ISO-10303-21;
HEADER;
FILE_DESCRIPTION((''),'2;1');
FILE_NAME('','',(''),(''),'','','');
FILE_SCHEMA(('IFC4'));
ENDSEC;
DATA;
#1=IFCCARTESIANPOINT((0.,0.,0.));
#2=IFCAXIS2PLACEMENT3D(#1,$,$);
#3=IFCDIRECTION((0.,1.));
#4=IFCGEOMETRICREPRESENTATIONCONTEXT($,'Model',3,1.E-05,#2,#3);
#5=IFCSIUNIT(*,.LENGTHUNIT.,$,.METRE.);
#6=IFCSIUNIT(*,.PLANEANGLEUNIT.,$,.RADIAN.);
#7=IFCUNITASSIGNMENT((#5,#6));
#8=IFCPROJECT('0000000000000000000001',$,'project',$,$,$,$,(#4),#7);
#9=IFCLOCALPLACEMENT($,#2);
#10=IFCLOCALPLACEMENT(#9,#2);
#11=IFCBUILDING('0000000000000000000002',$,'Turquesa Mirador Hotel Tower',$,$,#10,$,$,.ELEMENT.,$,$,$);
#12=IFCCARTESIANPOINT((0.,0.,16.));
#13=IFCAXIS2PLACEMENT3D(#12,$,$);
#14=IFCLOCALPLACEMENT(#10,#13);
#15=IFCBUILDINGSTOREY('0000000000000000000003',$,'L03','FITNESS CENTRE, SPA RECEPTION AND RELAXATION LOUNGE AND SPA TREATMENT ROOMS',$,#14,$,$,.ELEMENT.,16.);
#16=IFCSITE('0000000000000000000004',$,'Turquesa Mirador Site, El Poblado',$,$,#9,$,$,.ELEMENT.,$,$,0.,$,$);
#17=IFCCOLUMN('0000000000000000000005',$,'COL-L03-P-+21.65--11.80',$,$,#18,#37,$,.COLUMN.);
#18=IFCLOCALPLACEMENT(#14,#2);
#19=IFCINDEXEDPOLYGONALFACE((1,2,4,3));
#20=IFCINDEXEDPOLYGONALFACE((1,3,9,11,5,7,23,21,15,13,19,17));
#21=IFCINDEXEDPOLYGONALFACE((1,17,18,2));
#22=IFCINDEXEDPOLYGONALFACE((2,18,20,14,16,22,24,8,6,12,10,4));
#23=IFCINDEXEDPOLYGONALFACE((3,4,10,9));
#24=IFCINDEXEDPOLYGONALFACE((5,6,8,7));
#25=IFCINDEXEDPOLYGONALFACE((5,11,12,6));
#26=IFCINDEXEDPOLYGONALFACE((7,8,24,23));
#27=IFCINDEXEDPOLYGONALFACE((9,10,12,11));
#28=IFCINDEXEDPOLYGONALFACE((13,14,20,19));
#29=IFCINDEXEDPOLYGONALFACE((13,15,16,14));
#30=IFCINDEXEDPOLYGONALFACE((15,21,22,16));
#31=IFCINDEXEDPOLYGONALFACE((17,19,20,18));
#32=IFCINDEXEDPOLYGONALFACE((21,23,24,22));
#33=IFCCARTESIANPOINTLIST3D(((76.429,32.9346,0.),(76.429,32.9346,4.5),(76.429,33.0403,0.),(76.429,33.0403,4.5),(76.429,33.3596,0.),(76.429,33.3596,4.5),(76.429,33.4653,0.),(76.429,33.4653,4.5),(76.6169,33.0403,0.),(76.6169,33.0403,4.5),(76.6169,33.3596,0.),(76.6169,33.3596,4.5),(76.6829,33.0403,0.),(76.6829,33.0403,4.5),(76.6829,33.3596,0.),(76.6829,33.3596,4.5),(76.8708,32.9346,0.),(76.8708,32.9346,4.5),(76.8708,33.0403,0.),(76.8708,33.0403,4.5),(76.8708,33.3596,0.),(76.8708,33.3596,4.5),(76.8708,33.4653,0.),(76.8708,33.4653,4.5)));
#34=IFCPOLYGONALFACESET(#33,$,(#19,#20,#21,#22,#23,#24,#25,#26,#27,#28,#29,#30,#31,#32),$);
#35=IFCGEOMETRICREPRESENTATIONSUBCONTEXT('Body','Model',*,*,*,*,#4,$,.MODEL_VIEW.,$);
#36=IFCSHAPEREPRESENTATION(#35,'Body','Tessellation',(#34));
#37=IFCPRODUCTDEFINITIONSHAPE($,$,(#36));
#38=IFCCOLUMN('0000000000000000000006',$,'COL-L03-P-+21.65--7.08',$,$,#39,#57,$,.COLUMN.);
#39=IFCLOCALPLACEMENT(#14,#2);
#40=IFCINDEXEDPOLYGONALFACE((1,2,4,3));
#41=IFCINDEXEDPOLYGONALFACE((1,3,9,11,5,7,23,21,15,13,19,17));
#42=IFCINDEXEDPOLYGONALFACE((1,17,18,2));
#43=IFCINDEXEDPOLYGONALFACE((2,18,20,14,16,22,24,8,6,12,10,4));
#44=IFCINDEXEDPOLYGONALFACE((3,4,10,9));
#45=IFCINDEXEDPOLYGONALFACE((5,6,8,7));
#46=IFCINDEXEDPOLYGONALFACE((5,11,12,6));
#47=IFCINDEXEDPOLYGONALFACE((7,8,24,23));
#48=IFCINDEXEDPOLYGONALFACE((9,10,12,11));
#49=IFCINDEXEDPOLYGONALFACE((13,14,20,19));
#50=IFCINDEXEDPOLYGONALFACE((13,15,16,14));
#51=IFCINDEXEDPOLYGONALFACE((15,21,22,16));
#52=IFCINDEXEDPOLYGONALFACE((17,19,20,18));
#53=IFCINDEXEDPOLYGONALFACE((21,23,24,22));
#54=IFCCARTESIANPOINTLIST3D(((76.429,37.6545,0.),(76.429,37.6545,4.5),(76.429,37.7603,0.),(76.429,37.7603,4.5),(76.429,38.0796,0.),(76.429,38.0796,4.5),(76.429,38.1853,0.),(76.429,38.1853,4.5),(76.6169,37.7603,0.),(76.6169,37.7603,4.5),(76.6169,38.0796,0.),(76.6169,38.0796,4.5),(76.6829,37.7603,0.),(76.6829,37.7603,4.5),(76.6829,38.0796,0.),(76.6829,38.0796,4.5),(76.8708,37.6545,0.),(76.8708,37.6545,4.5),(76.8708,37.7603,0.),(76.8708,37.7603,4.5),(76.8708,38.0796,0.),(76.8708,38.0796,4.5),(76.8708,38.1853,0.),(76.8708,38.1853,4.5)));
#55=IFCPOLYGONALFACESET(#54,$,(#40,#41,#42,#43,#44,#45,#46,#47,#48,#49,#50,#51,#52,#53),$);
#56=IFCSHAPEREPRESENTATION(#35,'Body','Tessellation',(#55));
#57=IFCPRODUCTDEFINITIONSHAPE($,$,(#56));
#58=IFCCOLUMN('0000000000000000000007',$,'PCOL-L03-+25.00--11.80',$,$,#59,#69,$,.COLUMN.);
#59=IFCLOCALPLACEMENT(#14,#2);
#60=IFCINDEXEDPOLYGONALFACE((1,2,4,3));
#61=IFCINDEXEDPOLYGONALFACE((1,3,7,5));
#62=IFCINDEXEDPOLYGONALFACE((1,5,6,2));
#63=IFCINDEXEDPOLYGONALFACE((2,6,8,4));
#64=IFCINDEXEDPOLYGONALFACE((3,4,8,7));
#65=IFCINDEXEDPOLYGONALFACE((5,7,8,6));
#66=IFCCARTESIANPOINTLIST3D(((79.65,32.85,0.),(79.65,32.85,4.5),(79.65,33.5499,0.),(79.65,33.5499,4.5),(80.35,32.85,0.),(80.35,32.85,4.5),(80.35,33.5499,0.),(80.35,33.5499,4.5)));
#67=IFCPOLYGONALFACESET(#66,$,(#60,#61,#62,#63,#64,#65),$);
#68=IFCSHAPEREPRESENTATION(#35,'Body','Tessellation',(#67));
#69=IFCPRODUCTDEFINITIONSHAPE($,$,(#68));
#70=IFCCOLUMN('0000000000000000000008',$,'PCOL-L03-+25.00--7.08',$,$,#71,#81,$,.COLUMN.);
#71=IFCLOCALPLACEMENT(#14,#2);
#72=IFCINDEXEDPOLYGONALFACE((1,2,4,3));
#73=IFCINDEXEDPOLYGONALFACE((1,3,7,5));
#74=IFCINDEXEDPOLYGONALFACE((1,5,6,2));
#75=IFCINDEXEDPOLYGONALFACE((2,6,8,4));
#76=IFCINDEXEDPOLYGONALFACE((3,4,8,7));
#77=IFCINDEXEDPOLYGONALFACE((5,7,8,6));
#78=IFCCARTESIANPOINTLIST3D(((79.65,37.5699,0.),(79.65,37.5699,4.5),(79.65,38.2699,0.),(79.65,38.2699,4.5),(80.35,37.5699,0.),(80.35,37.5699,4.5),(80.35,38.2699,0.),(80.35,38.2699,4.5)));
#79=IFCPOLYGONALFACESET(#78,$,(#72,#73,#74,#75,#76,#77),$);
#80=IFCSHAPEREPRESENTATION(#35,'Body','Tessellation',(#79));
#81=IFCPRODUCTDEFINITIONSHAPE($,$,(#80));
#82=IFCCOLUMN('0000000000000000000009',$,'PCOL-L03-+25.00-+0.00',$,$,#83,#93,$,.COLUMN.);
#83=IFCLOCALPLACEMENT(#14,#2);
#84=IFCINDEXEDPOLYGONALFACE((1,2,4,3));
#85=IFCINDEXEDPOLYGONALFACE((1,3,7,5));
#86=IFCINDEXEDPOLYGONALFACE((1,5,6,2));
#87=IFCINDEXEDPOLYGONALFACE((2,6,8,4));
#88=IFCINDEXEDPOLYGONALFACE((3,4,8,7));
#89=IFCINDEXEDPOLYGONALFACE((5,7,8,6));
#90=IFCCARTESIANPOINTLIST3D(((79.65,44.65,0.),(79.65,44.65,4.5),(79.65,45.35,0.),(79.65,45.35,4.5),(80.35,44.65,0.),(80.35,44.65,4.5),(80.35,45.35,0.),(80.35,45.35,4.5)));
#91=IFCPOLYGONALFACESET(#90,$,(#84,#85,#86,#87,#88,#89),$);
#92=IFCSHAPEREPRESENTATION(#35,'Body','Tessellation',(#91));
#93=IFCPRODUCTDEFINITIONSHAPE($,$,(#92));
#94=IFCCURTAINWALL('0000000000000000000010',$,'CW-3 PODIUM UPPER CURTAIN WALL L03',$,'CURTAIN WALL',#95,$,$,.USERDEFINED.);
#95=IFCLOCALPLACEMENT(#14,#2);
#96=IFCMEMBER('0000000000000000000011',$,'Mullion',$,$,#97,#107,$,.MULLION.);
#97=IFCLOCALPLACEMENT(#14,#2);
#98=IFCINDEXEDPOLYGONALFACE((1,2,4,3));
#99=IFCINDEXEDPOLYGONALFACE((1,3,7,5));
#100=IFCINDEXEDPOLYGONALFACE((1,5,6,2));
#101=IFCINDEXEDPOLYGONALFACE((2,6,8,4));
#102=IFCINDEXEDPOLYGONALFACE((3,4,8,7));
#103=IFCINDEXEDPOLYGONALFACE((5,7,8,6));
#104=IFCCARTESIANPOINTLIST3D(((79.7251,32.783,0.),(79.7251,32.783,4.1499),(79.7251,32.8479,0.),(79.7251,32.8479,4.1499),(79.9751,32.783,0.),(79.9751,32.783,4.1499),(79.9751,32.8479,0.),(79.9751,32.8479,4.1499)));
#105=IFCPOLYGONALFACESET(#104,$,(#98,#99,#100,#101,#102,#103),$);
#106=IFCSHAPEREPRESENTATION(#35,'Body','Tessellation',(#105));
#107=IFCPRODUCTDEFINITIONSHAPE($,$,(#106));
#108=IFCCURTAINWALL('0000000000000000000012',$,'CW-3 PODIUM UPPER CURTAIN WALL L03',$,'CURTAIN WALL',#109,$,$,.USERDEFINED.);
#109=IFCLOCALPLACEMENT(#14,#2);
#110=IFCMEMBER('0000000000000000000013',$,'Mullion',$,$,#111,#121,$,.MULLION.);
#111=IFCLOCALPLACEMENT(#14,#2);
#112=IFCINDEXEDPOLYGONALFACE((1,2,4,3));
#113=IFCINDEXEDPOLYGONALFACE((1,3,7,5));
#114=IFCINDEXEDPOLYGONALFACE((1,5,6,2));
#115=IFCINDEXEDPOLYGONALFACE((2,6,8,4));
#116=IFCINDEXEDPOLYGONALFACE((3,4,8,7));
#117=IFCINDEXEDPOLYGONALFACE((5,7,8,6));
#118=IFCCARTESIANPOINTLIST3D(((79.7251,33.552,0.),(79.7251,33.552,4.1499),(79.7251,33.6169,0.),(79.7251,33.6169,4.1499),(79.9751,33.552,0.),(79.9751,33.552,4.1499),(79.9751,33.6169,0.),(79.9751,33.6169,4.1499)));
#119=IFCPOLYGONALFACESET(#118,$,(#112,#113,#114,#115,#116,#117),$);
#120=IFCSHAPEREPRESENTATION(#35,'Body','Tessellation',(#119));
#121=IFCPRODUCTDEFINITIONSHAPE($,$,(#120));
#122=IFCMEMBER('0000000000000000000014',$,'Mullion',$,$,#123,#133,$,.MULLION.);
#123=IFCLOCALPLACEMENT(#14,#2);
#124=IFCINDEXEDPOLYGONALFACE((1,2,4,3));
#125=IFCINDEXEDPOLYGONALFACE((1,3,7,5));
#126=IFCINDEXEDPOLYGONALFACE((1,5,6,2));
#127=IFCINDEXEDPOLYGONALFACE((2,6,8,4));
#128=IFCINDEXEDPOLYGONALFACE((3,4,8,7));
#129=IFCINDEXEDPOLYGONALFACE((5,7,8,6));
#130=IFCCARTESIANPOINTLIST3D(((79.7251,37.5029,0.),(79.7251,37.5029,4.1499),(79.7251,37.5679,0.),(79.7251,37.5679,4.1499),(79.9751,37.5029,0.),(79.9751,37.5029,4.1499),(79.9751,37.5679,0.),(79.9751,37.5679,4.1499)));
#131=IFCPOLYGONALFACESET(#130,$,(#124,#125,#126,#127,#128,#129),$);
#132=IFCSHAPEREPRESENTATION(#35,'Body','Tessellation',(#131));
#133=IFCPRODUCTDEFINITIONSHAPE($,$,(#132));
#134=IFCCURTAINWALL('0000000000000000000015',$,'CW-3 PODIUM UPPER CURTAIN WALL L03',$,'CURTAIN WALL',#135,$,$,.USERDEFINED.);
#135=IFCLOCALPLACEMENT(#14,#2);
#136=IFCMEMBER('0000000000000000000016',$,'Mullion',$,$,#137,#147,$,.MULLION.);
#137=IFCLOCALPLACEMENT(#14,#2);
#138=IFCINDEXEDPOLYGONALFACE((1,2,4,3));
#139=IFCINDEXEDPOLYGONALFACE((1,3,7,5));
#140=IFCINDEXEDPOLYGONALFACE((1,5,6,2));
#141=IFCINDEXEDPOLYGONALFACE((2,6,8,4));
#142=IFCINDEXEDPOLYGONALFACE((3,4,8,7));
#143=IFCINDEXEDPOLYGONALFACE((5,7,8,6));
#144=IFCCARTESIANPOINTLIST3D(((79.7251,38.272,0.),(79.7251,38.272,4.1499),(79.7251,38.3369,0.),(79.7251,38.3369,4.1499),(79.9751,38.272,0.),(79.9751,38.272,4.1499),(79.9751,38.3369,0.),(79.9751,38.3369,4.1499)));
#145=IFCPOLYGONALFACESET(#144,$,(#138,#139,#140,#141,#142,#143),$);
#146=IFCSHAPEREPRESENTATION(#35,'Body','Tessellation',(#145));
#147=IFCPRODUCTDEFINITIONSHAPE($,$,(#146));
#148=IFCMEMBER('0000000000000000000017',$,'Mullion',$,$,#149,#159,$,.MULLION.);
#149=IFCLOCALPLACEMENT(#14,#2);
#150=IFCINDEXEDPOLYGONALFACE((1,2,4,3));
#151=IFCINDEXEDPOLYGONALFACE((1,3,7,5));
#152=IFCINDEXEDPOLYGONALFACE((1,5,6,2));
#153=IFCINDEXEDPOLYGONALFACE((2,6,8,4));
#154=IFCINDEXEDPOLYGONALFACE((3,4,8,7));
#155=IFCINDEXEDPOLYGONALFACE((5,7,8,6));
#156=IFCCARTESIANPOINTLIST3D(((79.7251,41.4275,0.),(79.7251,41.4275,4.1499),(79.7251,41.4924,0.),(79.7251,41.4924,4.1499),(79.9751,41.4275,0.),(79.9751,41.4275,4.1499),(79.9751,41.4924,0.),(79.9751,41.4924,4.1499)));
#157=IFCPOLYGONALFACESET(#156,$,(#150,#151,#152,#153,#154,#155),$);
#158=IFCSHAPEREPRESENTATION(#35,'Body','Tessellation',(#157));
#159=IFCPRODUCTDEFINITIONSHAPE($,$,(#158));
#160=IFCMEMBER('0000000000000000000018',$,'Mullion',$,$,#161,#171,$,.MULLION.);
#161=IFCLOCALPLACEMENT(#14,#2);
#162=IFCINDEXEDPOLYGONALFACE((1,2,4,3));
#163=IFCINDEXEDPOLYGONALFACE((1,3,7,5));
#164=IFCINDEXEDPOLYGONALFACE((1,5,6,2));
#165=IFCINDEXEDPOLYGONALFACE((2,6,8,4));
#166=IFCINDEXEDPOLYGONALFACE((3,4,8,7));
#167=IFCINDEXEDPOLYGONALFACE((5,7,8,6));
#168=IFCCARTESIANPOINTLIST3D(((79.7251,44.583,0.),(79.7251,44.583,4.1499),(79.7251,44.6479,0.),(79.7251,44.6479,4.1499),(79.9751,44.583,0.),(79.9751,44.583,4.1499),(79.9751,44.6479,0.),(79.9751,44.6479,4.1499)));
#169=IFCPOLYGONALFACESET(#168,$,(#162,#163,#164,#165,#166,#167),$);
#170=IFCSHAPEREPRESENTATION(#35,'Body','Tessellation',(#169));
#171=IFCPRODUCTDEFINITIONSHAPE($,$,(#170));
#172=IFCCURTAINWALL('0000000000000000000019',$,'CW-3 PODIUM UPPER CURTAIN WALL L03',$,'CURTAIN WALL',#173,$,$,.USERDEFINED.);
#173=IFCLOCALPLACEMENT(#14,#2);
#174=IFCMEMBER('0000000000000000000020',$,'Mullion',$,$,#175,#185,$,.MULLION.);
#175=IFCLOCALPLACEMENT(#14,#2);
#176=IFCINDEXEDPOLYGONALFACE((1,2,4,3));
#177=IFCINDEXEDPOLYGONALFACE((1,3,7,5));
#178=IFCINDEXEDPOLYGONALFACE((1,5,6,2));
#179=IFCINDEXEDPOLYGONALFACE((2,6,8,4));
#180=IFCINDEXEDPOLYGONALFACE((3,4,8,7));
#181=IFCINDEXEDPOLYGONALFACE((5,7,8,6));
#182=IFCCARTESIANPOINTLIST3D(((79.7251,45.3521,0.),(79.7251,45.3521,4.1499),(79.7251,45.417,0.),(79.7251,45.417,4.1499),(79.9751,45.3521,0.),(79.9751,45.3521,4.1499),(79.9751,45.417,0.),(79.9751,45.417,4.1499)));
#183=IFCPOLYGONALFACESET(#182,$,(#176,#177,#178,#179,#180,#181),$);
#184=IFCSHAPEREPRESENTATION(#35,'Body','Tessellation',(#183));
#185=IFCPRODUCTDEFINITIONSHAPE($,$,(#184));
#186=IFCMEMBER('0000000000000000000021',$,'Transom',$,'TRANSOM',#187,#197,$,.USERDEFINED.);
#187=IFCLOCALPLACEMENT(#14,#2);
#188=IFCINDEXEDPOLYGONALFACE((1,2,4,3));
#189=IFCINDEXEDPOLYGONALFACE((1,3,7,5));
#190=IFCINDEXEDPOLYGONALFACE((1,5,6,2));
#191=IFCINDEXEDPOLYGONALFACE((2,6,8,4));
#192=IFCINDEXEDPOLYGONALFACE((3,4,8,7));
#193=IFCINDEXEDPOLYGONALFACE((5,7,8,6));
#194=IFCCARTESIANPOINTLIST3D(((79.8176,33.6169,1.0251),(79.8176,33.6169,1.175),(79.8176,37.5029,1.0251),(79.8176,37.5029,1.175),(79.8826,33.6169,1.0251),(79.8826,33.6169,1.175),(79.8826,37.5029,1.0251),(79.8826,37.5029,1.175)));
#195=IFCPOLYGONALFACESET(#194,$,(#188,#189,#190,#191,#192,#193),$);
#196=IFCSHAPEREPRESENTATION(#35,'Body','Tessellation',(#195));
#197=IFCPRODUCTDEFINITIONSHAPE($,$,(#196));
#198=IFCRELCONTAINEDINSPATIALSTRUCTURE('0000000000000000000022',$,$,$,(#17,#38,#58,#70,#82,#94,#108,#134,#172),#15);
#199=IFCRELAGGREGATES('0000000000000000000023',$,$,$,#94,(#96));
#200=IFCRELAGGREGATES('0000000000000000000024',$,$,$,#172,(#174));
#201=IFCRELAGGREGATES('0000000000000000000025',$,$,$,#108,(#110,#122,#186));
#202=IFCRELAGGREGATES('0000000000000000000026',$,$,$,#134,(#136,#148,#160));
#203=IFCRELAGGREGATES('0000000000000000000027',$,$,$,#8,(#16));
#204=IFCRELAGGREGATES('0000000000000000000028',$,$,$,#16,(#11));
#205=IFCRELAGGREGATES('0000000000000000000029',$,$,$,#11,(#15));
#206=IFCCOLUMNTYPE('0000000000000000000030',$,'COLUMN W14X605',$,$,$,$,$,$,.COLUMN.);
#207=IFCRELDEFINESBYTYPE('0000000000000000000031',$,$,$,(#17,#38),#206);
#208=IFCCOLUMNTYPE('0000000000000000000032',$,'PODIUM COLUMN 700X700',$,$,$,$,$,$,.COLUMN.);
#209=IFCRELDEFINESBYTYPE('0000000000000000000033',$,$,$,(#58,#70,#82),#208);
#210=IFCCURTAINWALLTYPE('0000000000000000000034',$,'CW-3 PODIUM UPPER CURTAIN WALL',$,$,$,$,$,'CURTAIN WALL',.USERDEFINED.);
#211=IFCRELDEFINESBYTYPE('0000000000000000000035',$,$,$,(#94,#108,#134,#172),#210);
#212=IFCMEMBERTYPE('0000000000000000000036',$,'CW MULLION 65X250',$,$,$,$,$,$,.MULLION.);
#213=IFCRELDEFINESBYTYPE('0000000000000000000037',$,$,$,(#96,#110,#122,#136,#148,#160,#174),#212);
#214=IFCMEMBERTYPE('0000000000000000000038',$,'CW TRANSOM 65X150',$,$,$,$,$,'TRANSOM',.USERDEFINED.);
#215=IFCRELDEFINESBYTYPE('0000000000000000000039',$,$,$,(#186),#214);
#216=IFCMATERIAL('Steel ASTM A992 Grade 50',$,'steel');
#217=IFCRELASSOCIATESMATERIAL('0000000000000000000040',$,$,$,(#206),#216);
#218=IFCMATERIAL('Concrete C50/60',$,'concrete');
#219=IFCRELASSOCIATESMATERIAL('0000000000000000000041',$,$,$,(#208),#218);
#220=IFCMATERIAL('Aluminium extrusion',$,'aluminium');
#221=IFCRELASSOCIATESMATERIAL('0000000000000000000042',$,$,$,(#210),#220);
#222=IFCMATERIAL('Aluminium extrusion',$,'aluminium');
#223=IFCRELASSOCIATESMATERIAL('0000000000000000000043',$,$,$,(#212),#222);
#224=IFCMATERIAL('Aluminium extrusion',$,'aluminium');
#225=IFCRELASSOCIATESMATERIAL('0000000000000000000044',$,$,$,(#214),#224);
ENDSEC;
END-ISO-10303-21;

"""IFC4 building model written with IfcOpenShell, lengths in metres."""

from ifc_helpers import new_model, si_unit, direction, frame, origin, origin_2d, place, context, subcontext, project, spatial, rectangle, i_section, extrude, material, material_profile, profile_set, type_object, element, aggregate, save


model = new_model("IFC4")

# Units and contexts
model_context = context("Model", 3, precision=1e-05, world=origin(), true_north=direction((0.0, 1.0)))
body_context = subcontext(model_context, "Body", "Model", "MODEL_VIEW")
ifc_project = project(units=[si_unit("LENGTHUNIT", "METRE"), si_unit("PLANEANGLEUNIT", "RADIAN")], contexts=[model_context])

# Site, building, storey
site_placement = place(None, origin())
site = spatial("IfcSite", under=ifc_project, at=site_placement, Name="Turquesa Mirador Site, El Poblado", CompositionType="ELEMENT", RefElevation=0.0)
building_placement = place(site_placement, origin())
building = spatial("IfcBuilding", under=site, at=building_placement, Name="Turquesa Mirador Hotel Tower", CompositionType="ELEMENT")
storey_placement = place(building_placement, frame((0.0, 0.0, 16.0)))
storey = spatial("IfcBuildingStorey", under=building, at=storey_placement, Name="L03", Description="FITNESS CENTRE, SPA RECEPTION AND RELAXATION LOUNGE AND SPA TREATMENT ROOMS", CompositionType="ELEMENT", Elevation=16.0)

# Columns
ifc_material_1 = material(Name="Steel ASTM A992 Grade 50", Category="steel")
ifc_material_profile_1 = material_profile(ifc_material_1, i_section(OverallWidth=0.4419, OverallDepth=0.5308, WebThickness=0.0659, FlangeThickness=0.1057, at=origin_2d()), Name="W14X605")
ifc_profile_set_1 = profile_set([ifc_material_profile_1], Name="Steel ASTM A992 Grade 50")
column_type_1 = type_object("IfcColumnType", Name="COLUMN W14X605", PredefinedType="COLUMN", material=ifc_profile_set_1)
for number, where, z_axis, x_axis, name in (
    (1, (76.6499, 33.2, 0.0), (0.0, 0.0, 1.0), (1.0, 0.0, 0.0), "COL-L03-P-+21.65--11.80"),
    (2, (76.6499, 37.9199, 0.0), (0.0, 0.0, 1.0), (1.0, 0.0, 0.0), "COL-L03-P-+21.65--7.08"),
):
    element("IfcColumn", number, at=place(storey_placement, frame(where, z_axis=z_axis, x_axis=x_axis)), inside=storey, type_object=column_type_1, Name=name, PredefinedType="COLUMN", context=body_context, shape_type="SweptSolid", body=[
        extrude(i_section(OverallWidth=0.4419, OverallDepth=0.5308, WebThickness=0.0659, FlangeThickness=0.1057, at=origin_2d()), origin(), (0.0, 0.0, 1.0), 4.5),
    ])
ifc_material_2 = material(Name="Concrete C50/60", Category="concrete")
ifc_material_profile_2 = material_profile(ifc_material_2, rectangle(XDim=0.7, YDim=0.7, at=origin_2d()), Name="RC 700X700")
ifc_profile_set_2 = profile_set([ifc_material_profile_2], Name="Concrete C50/60")
column_type_2 = type_object("IfcColumnType", Name="PODIUM COLUMN 700X700", PredefinedType="COLUMN", material=ifc_profile_set_2)
for number, where, z_axis, x_axis, name in (
    (3, (80.0, 33.2, 0.0), (0.0, 0.0, 1.0), (1.0, 0.0, 0.0), "PCOL-L03-+25.00--11.80"),
    (4, (80.0, 37.9199, 0.0), (0.0, 0.0, 1.0), (1.0, 0.0, 0.0), "PCOL-L03-+25.00--7.08"),
    (5, (80.0, 45.0, 0.0), (0.0, 0.0, 1.0), (1.0, 0.0, 0.0), "PCOL-L03-+25.00-+0.00"),
):
    element("IfcColumn", number, at=place(storey_placement, frame(where, z_axis=z_axis, x_axis=x_axis)), inside=storey, type_object=column_type_2, Name=name, PredefinedType="COLUMN", context=body_context, shape_type="SweptSolid", body=[
        extrude(rectangle(XDim=0.7, YDim=0.7, at=origin_2d()), origin(), (0.0, 0.0, 1.0), 4.5),
    ])

# Curtain wall, member
ifc_material_3 = material(Name="Aluminium extrusion", Category="aluminium")
curtain_wall_type = type_object("IfcCurtainWallType", Name="CW-3 PODIUM UPPER CURTAIN WALL", ElementType="CURTAIN WALL", PredefinedType="USERDEFINED", material=ifc_material_3)
curtain_wall_1_placement = place(storey_placement, origin())
curtain_wall_1 = element("IfcCurtainWall", 6, at=curtain_wall_1_placement, inside=storey, type_object=curtain_wall_type, Name="CW-3 PODIUM UPPER CURTAIN WALL L03", ObjectType="CURTAIN WALL", PredefinedType="USERDEFINED")
ifc_material_4 = material(Name="Aluminium extrusion", Category="aluminium")
ifc_material_profile_3 = material_profile(ifc_material_4, rectangle(XDim=0.0649, YDim=0.25, at=origin_2d()), Name="MULLION 65X250")
ifc_profile_set_3 = profile_set([ifc_material_profile_3], Name="Aluminium extrusion")
member_type_1 = type_object("IfcMemberType", Name="CW MULLION 65X250", PredefinedType="MULLION", material=ifc_profile_set_3)
member_1_placement = place(storey_placement, frame((79.8501, 32.8154, 0.0), z_axis=(0.0, 0.0, 1.0), x_axis=(0.0, 1.0, 0.0)))
member_1 = element("IfcMember", 7, at=member_1_placement, type_object=member_type_1, Name="Mullion", PredefinedType="MULLION", context=body_context, shape_type="SweptSolid", body=[
    extrude(rectangle(XDim=0.0649, YDim=0.25, at=origin_2d()), origin(), (0.0, 0.0, 1.0), 4.1499),
])
aggregate(curtain_wall_1, [member_1])

# Curtain walls, members
curtain_wall_2_placement = place(storey_placement, origin())
curtain_wall_2 = element("IfcCurtainWall", 8, at=curtain_wall_2_placement, inside=storey, type_object=curtain_wall_type, Name="CW-3 PODIUM UPPER CURTAIN WALL L03", ObjectType="CURTAIN WALL", PredefinedType="USERDEFINED")
member_2_placement = place(storey_placement, frame((79.8501, 33.5845, 0.0), z_axis=(0.0, 0.0, 1.0), x_axis=(0.0, 1.0, 0.0)))
member_2 = element("IfcMember", 9, at=member_2_placement, type_object=member_type_1, Name="Mullion", PredefinedType="MULLION", context=body_context, shape_type="SweptSolid", body=[
    extrude(rectangle(XDim=0.0649, YDim=0.25, at=origin_2d()), origin(), (0.0, 0.0, 1.0), 4.1499),
])
member_3_placement = place(storey_placement, frame((79.8501, 37.5354, 0.0), z_axis=(0.0, 0.0, 1.0), x_axis=(0.0, 1.0, 0.0)))
member_3 = element("IfcMember", 10, at=member_3_placement, type_object=member_type_1, Name="Mullion", PredefinedType="MULLION", context=body_context, shape_type="SweptSolid", body=[
    extrude(rectangle(XDim=0.0649, YDim=0.25, at=origin_2d()), origin(), (0.0, 0.0, 1.0), 4.1499),
])
curtain_wall_3_placement = place(storey_placement, origin())
curtain_wall_3 = element("IfcCurtainWall", 11, at=curtain_wall_3_placement, inside=storey, type_object=curtain_wall_type, Name="CW-3 PODIUM UPPER CURTAIN WALL L03", ObjectType="CURTAIN WALL", PredefinedType="USERDEFINED")
member_4_placement = place(storey_placement, frame((79.8501, 38.3044, 0.0), z_axis=(0.0, 0.0, 1.0), x_axis=(0.0, 1.0, 0.0)))
member_4 = element("IfcMember", 12, at=member_4_placement, type_object=member_type_1, Name="Mullion", PredefinedType="MULLION", context=body_context, shape_type="SweptSolid", body=[
    extrude(rectangle(XDim=0.0649, YDim=0.25, at=origin_2d()), origin(), (0.0, 0.0, 1.0), 4.1499),
])
member_5_placement = place(storey_placement, frame((79.8501, 41.46, 0.0), z_axis=(0.0, 0.0, 1.0), x_axis=(0.0, 1.0, 0.0)))
member_5 = element("IfcMember", 13, at=member_5_placement, type_object=member_type_1, Name="Mullion", PredefinedType="MULLION", context=body_context, shape_type="SweptSolid", body=[
    extrude(rectangle(XDim=0.0649, YDim=0.25, at=origin_2d()), origin(), (0.0, 0.0, 1.0), 4.1499),
])
member_6_placement = place(storey_placement, frame((79.8501, 44.6155, 0.0), z_axis=(0.0, 0.0, 1.0), x_axis=(0.0, 1.0, 0.0)))
member_6 = element("IfcMember", 14, at=member_6_placement, type_object=member_type_1, Name="Mullion", PredefinedType="MULLION", context=body_context, shape_type="SweptSolid", body=[
    extrude(rectangle(XDim=0.0649, YDim=0.25, at=origin_2d()), origin(), (0.0, 0.0, 1.0), 4.1499),
])

# Curtain wall, member
curtain_wall_4_placement = place(storey_placement, origin())
curtain_wall_4 = element("IfcCurtainWall", 15, at=curtain_wall_4_placement, inside=storey, type_object=curtain_wall_type, Name="CW-3 PODIUM UPPER CURTAIN WALL L03", ObjectType="CURTAIN WALL", PredefinedType="USERDEFINED")
member_7_placement = place(storey_placement, frame((79.8501, 45.3845, 0.0), z_axis=(0.0, 0.0, 1.0), x_axis=(0.0, 1.0, 0.0)))
member_7 = element("IfcMember", 16, at=member_7_placement, type_object=member_type_1, Name="Mullion", PredefinedType="MULLION", context=body_context, shape_type="SweptSolid", body=[
    extrude(rectangle(XDim=0.0649, YDim=0.25, at=origin_2d()), origin(), (0.0, 0.0, 1.0), 4.1499),
])

# Member
ifc_material_5 = material(Name="Aluminium extrusion", Category="aluminium")
ifc_material_profile_4 = material_profile(ifc_material_5, rectangle(XDim=0.0649, YDim=0.1499, at=origin_2d()), Name="TRANSOM 65X150")
ifc_profile_set_4 = profile_set([ifc_material_profile_4], Name="Aluminium extrusion")
member_type_2 = type_object("IfcMemberType", Name="CW TRANSOM 65X150", ElementType="TRANSOM", PredefinedType="USERDEFINED", material=ifc_profile_set_4)
member_8_placement = place(storey_placement, frame((79.8501, 33.6169, 1.1001), z_axis=(0.0, 1.0, 0.0), x_axis=(-1.0, 0.0, 0.0)))
member_8 = element("IfcMember", 17, at=member_8_placement, type_object=member_type_2, Name="Transom", ObjectType="TRANSOM", PredefinedType="USERDEFINED", context=body_context, shape_type="SweptSolid", body=[
    extrude(rectangle(XDim=0.0649, YDim=0.1499, at=origin_2d()), origin(), (0.0, 0.0, 1.0), 3.886),
])
aggregate(curtain_wall_4, [member_7])

aggregate(curtain_wall_2, [member_2, member_3, member_8])
aggregate(curtain_wall_3, [member_4, member_5, member_6])

save(model, "model.ifc")
